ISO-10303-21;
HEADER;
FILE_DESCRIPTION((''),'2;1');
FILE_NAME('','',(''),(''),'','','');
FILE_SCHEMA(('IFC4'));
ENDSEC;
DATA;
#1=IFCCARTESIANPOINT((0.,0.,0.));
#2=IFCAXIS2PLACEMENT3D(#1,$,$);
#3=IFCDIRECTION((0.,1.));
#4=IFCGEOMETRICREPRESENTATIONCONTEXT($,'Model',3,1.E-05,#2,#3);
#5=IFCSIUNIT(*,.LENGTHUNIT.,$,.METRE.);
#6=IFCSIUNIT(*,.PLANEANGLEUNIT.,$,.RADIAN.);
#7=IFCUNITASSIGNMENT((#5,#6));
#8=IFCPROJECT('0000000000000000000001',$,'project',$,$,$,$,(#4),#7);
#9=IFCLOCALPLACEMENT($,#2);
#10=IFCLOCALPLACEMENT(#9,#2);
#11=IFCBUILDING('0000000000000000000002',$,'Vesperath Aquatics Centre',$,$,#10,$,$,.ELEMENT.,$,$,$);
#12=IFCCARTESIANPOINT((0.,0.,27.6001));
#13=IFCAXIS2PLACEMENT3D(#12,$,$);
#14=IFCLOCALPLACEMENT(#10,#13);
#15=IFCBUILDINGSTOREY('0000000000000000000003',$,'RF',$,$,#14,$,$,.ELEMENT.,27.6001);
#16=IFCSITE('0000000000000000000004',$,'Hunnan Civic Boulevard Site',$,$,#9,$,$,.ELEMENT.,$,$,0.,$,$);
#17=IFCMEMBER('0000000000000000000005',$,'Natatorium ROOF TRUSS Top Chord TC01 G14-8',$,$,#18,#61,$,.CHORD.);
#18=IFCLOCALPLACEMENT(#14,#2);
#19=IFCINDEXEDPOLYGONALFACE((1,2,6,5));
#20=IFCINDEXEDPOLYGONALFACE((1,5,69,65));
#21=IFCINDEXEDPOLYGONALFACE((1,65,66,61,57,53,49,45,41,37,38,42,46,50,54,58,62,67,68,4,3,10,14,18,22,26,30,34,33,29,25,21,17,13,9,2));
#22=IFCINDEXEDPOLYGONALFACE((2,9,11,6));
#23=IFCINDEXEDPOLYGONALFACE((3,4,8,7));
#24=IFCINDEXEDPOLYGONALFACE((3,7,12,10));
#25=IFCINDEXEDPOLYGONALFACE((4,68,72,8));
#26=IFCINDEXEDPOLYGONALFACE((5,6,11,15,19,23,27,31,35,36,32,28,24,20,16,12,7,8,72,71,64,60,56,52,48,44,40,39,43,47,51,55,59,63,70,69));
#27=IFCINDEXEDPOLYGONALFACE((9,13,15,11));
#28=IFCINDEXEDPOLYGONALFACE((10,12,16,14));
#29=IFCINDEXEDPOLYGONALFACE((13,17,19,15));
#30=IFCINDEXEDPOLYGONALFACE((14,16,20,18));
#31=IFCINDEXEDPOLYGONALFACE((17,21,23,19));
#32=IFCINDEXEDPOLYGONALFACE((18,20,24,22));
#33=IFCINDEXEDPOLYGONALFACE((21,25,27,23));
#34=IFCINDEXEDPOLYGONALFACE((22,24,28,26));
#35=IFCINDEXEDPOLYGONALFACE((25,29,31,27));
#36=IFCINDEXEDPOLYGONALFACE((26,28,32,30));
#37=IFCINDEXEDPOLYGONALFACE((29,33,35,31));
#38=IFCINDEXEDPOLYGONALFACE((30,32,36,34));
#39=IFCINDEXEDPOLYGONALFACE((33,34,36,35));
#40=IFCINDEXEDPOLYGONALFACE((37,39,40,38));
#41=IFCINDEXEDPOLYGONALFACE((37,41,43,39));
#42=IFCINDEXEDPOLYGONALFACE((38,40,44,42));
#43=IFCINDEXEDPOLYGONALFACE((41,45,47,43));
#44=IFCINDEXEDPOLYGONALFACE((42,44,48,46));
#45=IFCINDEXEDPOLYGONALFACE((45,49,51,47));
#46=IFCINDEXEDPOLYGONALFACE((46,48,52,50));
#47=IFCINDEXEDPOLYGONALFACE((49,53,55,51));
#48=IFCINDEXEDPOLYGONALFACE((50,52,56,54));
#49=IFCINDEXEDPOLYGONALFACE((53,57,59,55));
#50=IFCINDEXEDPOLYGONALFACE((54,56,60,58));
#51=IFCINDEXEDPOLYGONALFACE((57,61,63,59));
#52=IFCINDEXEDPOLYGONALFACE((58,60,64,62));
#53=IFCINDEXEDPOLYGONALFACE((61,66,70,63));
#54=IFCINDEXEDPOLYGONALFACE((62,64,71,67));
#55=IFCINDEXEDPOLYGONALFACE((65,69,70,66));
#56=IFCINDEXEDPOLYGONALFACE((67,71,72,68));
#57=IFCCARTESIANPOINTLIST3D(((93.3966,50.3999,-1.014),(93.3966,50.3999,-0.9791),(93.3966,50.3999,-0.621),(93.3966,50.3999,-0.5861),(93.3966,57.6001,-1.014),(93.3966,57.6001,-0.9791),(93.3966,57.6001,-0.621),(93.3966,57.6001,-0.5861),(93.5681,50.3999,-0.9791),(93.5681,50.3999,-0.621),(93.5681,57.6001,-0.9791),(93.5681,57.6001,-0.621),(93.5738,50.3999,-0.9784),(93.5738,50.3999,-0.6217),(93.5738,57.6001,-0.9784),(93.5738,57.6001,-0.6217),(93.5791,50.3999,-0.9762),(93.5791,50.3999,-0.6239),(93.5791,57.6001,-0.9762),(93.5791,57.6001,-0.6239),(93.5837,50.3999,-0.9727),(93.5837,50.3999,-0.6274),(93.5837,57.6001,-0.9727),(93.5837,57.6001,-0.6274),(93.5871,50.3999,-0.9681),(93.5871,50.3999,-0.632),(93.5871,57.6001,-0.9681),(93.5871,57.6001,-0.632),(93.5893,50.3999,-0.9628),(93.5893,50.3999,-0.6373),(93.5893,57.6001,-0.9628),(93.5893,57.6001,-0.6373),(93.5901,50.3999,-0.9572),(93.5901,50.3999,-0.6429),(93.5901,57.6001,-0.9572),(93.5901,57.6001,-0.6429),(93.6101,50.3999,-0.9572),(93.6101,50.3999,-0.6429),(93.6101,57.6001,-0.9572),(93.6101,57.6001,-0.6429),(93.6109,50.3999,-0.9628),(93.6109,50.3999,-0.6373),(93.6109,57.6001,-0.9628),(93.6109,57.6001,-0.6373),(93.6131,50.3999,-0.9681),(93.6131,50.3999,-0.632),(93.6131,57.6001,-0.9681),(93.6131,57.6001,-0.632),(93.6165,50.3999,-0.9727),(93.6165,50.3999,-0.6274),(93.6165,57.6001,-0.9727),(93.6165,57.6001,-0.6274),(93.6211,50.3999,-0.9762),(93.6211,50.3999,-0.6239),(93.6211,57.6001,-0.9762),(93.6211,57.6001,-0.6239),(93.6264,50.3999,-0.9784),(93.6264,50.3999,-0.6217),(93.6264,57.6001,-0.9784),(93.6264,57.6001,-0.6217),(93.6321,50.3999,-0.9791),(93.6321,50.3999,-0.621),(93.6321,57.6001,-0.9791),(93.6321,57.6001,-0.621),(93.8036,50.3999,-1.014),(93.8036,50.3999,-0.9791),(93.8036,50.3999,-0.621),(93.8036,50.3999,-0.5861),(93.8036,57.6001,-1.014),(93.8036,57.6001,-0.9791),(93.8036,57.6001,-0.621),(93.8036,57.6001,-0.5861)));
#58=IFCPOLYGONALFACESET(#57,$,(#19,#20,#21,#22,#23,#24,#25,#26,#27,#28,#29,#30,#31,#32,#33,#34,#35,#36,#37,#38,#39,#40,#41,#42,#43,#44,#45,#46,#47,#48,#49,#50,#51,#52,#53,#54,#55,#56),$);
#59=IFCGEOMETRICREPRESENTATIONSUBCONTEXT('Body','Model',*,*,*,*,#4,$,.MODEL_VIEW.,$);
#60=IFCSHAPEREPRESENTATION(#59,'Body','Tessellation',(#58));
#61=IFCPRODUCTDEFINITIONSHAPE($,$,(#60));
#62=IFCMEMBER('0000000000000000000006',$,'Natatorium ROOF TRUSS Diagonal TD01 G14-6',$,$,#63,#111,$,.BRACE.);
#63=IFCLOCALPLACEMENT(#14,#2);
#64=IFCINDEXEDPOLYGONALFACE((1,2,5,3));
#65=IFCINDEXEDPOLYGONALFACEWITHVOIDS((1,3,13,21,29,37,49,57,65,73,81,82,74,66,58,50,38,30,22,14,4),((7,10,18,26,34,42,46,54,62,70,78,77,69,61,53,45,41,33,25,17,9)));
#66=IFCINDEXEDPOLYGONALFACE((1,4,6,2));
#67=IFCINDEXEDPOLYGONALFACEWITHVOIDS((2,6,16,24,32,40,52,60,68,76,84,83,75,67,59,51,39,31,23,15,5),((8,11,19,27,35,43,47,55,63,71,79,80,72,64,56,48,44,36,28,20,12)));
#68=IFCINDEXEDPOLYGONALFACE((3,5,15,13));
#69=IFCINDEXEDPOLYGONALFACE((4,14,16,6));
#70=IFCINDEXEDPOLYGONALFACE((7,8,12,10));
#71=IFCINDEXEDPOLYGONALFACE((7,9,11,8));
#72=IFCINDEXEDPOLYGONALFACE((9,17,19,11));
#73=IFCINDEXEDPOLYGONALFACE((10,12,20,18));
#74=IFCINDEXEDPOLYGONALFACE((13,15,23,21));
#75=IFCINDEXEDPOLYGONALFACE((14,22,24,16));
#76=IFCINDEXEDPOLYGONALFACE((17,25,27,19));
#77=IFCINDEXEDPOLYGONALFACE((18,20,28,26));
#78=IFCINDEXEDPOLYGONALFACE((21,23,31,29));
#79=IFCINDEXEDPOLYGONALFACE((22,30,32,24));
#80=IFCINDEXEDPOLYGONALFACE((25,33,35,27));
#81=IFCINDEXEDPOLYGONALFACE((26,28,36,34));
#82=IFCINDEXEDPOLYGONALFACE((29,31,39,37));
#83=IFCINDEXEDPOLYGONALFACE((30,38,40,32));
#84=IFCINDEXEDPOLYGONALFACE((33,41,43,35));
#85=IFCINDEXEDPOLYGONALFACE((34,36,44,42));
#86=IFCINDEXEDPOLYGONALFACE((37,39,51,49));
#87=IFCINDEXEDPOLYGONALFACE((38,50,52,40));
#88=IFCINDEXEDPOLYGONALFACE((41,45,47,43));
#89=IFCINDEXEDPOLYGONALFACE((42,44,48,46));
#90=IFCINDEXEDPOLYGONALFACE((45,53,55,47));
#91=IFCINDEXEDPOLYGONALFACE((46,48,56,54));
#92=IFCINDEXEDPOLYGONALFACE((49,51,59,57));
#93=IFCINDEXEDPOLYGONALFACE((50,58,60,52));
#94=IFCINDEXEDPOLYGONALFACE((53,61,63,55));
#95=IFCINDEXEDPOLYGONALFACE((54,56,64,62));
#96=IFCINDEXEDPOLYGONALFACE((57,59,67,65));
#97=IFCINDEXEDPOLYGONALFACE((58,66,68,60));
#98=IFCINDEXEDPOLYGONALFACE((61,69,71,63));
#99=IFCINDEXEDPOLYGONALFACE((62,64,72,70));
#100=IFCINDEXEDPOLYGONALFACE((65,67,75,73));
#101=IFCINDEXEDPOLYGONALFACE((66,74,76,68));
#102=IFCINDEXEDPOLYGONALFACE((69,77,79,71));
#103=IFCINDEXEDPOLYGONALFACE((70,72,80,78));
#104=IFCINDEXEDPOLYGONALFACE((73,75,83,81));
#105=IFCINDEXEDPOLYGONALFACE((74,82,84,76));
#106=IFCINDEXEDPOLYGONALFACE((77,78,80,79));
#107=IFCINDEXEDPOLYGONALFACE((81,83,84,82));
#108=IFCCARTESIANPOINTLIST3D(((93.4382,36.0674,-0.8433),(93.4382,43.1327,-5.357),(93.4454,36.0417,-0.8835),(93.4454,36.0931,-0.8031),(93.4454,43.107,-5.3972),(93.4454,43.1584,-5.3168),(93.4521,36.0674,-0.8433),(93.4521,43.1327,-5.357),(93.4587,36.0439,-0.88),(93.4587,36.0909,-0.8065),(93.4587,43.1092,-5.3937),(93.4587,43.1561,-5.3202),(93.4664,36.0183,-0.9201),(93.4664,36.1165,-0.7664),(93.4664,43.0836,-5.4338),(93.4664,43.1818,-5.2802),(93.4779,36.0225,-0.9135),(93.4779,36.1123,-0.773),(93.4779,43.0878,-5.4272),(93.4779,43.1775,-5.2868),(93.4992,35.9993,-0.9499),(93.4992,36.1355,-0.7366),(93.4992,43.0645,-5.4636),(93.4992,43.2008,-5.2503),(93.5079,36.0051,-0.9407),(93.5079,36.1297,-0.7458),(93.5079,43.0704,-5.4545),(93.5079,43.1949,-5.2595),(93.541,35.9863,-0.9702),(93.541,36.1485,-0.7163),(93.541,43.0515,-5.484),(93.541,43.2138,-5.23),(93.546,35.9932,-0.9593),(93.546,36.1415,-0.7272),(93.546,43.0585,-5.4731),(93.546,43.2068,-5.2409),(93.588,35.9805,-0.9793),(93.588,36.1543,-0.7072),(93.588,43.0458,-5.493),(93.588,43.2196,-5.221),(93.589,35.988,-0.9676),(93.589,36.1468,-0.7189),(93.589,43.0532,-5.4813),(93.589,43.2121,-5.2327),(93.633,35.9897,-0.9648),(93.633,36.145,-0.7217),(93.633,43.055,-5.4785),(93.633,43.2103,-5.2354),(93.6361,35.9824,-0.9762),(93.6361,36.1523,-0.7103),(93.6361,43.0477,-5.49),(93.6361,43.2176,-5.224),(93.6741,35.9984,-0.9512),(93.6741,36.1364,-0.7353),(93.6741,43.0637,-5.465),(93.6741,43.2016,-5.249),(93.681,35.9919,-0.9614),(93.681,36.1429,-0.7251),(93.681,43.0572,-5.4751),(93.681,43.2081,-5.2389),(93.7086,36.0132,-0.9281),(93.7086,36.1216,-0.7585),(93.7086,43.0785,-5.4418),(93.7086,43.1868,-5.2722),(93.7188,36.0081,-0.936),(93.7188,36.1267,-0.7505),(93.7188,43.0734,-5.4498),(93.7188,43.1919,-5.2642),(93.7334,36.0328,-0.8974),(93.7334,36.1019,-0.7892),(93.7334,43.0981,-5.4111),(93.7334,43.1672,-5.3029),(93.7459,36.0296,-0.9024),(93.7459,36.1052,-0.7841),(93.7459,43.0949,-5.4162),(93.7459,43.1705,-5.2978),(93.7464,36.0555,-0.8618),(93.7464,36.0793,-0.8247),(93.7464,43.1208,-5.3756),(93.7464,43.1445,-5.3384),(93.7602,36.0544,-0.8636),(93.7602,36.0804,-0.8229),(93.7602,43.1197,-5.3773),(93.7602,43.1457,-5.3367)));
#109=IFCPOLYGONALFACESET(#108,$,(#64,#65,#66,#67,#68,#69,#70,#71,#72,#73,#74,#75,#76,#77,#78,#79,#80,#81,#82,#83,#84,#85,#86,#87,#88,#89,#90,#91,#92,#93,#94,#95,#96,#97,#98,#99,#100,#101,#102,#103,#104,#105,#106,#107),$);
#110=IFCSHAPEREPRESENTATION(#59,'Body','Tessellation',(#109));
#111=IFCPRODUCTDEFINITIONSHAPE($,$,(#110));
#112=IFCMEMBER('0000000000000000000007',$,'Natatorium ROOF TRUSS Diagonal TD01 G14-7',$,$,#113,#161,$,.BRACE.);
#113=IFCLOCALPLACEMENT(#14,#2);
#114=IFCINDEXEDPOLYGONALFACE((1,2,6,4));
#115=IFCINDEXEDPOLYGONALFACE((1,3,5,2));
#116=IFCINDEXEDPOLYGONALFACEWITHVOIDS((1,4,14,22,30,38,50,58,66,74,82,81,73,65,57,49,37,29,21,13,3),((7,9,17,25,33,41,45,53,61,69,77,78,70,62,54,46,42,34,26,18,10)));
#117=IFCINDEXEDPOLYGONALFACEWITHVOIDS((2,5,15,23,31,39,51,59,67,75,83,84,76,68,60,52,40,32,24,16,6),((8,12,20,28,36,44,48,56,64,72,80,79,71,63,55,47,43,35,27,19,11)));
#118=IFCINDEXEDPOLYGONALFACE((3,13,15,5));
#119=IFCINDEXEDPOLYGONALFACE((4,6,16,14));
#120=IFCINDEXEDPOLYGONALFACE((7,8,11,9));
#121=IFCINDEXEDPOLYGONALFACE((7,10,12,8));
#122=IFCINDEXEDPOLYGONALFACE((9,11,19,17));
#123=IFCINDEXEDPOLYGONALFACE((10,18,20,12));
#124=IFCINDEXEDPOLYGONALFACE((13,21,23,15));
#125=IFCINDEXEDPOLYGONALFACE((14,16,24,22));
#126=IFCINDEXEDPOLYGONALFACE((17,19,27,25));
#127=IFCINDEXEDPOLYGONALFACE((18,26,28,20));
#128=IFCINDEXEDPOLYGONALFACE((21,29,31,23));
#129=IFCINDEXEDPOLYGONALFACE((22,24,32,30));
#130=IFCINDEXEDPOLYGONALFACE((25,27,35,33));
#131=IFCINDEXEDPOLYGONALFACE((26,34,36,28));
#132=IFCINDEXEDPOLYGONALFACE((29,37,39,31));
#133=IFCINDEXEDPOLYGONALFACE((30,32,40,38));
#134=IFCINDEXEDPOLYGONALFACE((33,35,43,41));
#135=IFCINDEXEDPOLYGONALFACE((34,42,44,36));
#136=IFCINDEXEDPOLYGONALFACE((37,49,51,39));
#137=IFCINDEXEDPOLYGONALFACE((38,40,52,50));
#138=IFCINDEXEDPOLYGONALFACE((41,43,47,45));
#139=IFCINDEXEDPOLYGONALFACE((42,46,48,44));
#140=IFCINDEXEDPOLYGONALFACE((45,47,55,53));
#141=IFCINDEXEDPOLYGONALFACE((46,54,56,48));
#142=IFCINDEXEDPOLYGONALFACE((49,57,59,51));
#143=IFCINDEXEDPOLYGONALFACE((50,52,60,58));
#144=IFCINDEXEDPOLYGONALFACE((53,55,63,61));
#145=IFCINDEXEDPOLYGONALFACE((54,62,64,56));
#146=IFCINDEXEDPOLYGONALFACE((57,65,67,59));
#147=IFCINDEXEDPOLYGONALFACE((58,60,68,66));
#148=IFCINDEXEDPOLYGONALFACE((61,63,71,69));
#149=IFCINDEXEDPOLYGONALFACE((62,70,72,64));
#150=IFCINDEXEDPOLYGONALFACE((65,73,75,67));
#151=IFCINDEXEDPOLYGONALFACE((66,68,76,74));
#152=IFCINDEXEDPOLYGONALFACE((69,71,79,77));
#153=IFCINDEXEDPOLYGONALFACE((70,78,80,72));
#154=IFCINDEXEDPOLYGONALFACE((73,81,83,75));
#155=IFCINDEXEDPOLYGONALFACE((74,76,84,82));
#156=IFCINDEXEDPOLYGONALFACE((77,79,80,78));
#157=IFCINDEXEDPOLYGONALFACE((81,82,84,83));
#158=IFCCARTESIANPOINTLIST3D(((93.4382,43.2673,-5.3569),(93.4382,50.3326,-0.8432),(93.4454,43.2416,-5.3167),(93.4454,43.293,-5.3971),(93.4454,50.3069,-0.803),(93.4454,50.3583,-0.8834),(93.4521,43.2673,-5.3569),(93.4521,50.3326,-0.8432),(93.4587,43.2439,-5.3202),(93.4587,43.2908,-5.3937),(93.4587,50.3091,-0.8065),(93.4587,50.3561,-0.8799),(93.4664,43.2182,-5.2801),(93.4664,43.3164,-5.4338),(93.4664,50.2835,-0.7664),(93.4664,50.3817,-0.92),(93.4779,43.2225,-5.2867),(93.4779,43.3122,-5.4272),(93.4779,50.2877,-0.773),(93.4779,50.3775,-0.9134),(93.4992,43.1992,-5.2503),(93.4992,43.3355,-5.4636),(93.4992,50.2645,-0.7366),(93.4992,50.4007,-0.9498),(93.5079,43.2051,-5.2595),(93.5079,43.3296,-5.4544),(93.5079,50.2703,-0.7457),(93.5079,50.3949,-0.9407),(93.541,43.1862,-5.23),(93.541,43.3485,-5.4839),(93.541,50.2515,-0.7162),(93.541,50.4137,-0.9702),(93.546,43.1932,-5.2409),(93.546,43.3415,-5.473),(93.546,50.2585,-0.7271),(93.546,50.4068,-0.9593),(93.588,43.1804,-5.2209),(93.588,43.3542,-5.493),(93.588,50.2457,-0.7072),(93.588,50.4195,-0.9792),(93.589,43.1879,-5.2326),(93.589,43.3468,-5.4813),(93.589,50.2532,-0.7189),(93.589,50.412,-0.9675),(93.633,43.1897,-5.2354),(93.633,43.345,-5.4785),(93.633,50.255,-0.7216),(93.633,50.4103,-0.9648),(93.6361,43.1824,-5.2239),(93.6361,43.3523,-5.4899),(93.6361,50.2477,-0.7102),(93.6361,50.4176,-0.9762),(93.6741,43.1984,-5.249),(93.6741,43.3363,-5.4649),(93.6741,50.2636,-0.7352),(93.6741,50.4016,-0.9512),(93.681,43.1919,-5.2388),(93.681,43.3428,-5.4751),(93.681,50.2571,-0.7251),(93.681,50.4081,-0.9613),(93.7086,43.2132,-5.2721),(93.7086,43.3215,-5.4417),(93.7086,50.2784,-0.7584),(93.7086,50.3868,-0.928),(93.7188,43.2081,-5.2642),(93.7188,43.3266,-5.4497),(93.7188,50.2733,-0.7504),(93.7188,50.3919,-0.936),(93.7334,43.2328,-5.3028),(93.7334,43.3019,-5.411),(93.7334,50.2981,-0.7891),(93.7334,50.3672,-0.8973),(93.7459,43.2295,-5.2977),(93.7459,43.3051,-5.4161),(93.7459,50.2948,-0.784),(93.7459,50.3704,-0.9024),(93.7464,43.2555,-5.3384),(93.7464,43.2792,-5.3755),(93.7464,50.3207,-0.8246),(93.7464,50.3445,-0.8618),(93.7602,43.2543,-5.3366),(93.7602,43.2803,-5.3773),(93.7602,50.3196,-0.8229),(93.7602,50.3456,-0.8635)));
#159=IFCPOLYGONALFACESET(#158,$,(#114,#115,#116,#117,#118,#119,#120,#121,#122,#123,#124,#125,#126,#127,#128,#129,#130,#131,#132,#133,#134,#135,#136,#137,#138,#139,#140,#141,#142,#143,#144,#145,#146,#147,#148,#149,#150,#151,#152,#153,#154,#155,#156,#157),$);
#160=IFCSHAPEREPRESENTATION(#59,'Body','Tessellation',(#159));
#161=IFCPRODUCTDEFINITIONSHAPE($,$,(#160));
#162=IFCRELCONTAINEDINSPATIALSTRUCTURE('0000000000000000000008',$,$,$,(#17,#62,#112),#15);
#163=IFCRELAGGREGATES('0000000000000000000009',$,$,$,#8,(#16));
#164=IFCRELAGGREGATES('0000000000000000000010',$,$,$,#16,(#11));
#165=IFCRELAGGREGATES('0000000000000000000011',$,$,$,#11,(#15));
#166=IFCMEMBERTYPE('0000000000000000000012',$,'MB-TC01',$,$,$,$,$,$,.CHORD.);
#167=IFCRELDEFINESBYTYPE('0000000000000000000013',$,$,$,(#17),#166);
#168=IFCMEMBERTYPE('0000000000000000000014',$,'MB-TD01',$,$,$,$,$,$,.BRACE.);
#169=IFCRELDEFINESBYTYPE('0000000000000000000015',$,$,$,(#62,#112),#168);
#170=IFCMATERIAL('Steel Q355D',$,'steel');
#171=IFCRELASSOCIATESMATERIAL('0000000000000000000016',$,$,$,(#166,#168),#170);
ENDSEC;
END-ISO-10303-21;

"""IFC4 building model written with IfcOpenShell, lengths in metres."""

from ifc_helpers import new_model, si_unit, direction, frame, origin, origin_2d, place, context, subcontext, project, spatial, hollow_circle, i_section, extrude, material, material_profile, profile_set, type_object, element, save


model = new_model("IFC4")

# Units and contexts
model_context = context("Model", 3, precision=1e-05, world=origin(), true_north=direction((0.0, 1.0)))
body_context = subcontext(model_context, "Body", "Model", "MODEL_VIEW")
ifc_project = project(units=[si_unit("LENGTHUNIT", "METRE"), si_unit("PLANEANGLEUNIT", "RADIAN")], contexts=[model_context])

# Site, building, storey
site_placement = place(None, origin())
site = spatial("IfcSite", under=ifc_project, at=site_placement, Name="Hunnan Civic Boulevard Site", CompositionType="ELEMENT", RefElevation=0.0)
building_placement = place(site_placement, origin())
building = spatial("IfcBuilding", under=site, at=building_placement, Name="Vesperath Aquatics Centre", CompositionType="ELEMENT")
storey_placement = place(building_placement, frame((0.0, 0.0, 27.6001)))
storey = spatial("IfcBuildingStorey", under=building, at=storey_placement, Name="RF", CompositionType="ELEMENT", Elevation=27.6001)

# Members
ifc_material_1 = material(Name="Steel Q355D", Category="steel")
ifc_material_profile_1 = material_profile(ifc_material_1, i_section(OverallWidth=0.407, OverallDepth=0.428, WebThickness=0.02, FlangeThickness=0.0349, FilletRadius=0.022, at=origin_2d()), Name="HW 428x407x20x35")
ifc_profile_set_1 = profile_set([ifc_material_profile_1], Name="Steel Q355D")
member_type_1 = type_object("IfcMemberType", Name="MB-TC01", PredefinedType="CHORD", material=ifc_profile_set_1)
member_1_placement = place(storey_placement, frame((93.6001, 50.3999, -0.8), z_axis=(0.0, 1.0, 0.0), x_axis=(-1.0, 0.0, 0.0)))
element("IfcMember", 1, at=member_1_placement, inside=storey, type_object=member_type_1, Name="Natatorium ROOF TRUSS Top Chord TC01 G14-8", PredefinedType="CHORD", context=body_context, shape_type="SweptSolid", body=[
    extrude(i_section(OverallWidth=0.407, OverallDepth=0.428, WebThickness=0.02, FlangeThickness=0.0349, FilletRadius=0.022, at=origin_2d()), origin(), (0.0, 0.0, 1.0), 7.2002),
])
ifc_material_profile_2 = material_profile(ifc_material_1, hollow_circle(Radius=0.1619, WallThickness=0.0139, at=origin_2d()), Name="CHS 323.9x14")
ifc_profile_set_2 = profile_set([ifc_material_profile_2], Name="Steel Q355D")
member_type_2 = type_object("IfcMemberType", Name="MB-TD01", PredefinedType="BRACE", material=ifc_profile_set_2)
for number, where, z_axis, x_axis, name in (
    (2, (93.6001, 36.0674, -0.8433), (0.0, 0.842707, -0.538373), (-1.0, 0.0, 0.0), "Natatorium ROOF TRUSS Diagonal TD01 G14-6"),
    (3, (93.6001, 43.2673, -5.3569), (0.0, 0.842707, 0.538373), (-1.0, 0.0, 0.0), "Natatorium ROOF TRUSS Diagonal TD01 G14-7"),
):
    element("IfcMember", number, at=place(storey_placement, frame(where, z_axis=z_axis, x_axis=x_axis)), inside=storey, type_object=member_type_2, Name=name, PredefinedType="BRACE", context=body_context, shape_type="SweptSolid", body=[
        extrude(hollow_circle(Radius=0.1619, WallThickness=0.0139, at=origin_2d()), origin(), (0.0, 0.0, 1.0), 8.384),
    ])

save(model, "model.ifc")
